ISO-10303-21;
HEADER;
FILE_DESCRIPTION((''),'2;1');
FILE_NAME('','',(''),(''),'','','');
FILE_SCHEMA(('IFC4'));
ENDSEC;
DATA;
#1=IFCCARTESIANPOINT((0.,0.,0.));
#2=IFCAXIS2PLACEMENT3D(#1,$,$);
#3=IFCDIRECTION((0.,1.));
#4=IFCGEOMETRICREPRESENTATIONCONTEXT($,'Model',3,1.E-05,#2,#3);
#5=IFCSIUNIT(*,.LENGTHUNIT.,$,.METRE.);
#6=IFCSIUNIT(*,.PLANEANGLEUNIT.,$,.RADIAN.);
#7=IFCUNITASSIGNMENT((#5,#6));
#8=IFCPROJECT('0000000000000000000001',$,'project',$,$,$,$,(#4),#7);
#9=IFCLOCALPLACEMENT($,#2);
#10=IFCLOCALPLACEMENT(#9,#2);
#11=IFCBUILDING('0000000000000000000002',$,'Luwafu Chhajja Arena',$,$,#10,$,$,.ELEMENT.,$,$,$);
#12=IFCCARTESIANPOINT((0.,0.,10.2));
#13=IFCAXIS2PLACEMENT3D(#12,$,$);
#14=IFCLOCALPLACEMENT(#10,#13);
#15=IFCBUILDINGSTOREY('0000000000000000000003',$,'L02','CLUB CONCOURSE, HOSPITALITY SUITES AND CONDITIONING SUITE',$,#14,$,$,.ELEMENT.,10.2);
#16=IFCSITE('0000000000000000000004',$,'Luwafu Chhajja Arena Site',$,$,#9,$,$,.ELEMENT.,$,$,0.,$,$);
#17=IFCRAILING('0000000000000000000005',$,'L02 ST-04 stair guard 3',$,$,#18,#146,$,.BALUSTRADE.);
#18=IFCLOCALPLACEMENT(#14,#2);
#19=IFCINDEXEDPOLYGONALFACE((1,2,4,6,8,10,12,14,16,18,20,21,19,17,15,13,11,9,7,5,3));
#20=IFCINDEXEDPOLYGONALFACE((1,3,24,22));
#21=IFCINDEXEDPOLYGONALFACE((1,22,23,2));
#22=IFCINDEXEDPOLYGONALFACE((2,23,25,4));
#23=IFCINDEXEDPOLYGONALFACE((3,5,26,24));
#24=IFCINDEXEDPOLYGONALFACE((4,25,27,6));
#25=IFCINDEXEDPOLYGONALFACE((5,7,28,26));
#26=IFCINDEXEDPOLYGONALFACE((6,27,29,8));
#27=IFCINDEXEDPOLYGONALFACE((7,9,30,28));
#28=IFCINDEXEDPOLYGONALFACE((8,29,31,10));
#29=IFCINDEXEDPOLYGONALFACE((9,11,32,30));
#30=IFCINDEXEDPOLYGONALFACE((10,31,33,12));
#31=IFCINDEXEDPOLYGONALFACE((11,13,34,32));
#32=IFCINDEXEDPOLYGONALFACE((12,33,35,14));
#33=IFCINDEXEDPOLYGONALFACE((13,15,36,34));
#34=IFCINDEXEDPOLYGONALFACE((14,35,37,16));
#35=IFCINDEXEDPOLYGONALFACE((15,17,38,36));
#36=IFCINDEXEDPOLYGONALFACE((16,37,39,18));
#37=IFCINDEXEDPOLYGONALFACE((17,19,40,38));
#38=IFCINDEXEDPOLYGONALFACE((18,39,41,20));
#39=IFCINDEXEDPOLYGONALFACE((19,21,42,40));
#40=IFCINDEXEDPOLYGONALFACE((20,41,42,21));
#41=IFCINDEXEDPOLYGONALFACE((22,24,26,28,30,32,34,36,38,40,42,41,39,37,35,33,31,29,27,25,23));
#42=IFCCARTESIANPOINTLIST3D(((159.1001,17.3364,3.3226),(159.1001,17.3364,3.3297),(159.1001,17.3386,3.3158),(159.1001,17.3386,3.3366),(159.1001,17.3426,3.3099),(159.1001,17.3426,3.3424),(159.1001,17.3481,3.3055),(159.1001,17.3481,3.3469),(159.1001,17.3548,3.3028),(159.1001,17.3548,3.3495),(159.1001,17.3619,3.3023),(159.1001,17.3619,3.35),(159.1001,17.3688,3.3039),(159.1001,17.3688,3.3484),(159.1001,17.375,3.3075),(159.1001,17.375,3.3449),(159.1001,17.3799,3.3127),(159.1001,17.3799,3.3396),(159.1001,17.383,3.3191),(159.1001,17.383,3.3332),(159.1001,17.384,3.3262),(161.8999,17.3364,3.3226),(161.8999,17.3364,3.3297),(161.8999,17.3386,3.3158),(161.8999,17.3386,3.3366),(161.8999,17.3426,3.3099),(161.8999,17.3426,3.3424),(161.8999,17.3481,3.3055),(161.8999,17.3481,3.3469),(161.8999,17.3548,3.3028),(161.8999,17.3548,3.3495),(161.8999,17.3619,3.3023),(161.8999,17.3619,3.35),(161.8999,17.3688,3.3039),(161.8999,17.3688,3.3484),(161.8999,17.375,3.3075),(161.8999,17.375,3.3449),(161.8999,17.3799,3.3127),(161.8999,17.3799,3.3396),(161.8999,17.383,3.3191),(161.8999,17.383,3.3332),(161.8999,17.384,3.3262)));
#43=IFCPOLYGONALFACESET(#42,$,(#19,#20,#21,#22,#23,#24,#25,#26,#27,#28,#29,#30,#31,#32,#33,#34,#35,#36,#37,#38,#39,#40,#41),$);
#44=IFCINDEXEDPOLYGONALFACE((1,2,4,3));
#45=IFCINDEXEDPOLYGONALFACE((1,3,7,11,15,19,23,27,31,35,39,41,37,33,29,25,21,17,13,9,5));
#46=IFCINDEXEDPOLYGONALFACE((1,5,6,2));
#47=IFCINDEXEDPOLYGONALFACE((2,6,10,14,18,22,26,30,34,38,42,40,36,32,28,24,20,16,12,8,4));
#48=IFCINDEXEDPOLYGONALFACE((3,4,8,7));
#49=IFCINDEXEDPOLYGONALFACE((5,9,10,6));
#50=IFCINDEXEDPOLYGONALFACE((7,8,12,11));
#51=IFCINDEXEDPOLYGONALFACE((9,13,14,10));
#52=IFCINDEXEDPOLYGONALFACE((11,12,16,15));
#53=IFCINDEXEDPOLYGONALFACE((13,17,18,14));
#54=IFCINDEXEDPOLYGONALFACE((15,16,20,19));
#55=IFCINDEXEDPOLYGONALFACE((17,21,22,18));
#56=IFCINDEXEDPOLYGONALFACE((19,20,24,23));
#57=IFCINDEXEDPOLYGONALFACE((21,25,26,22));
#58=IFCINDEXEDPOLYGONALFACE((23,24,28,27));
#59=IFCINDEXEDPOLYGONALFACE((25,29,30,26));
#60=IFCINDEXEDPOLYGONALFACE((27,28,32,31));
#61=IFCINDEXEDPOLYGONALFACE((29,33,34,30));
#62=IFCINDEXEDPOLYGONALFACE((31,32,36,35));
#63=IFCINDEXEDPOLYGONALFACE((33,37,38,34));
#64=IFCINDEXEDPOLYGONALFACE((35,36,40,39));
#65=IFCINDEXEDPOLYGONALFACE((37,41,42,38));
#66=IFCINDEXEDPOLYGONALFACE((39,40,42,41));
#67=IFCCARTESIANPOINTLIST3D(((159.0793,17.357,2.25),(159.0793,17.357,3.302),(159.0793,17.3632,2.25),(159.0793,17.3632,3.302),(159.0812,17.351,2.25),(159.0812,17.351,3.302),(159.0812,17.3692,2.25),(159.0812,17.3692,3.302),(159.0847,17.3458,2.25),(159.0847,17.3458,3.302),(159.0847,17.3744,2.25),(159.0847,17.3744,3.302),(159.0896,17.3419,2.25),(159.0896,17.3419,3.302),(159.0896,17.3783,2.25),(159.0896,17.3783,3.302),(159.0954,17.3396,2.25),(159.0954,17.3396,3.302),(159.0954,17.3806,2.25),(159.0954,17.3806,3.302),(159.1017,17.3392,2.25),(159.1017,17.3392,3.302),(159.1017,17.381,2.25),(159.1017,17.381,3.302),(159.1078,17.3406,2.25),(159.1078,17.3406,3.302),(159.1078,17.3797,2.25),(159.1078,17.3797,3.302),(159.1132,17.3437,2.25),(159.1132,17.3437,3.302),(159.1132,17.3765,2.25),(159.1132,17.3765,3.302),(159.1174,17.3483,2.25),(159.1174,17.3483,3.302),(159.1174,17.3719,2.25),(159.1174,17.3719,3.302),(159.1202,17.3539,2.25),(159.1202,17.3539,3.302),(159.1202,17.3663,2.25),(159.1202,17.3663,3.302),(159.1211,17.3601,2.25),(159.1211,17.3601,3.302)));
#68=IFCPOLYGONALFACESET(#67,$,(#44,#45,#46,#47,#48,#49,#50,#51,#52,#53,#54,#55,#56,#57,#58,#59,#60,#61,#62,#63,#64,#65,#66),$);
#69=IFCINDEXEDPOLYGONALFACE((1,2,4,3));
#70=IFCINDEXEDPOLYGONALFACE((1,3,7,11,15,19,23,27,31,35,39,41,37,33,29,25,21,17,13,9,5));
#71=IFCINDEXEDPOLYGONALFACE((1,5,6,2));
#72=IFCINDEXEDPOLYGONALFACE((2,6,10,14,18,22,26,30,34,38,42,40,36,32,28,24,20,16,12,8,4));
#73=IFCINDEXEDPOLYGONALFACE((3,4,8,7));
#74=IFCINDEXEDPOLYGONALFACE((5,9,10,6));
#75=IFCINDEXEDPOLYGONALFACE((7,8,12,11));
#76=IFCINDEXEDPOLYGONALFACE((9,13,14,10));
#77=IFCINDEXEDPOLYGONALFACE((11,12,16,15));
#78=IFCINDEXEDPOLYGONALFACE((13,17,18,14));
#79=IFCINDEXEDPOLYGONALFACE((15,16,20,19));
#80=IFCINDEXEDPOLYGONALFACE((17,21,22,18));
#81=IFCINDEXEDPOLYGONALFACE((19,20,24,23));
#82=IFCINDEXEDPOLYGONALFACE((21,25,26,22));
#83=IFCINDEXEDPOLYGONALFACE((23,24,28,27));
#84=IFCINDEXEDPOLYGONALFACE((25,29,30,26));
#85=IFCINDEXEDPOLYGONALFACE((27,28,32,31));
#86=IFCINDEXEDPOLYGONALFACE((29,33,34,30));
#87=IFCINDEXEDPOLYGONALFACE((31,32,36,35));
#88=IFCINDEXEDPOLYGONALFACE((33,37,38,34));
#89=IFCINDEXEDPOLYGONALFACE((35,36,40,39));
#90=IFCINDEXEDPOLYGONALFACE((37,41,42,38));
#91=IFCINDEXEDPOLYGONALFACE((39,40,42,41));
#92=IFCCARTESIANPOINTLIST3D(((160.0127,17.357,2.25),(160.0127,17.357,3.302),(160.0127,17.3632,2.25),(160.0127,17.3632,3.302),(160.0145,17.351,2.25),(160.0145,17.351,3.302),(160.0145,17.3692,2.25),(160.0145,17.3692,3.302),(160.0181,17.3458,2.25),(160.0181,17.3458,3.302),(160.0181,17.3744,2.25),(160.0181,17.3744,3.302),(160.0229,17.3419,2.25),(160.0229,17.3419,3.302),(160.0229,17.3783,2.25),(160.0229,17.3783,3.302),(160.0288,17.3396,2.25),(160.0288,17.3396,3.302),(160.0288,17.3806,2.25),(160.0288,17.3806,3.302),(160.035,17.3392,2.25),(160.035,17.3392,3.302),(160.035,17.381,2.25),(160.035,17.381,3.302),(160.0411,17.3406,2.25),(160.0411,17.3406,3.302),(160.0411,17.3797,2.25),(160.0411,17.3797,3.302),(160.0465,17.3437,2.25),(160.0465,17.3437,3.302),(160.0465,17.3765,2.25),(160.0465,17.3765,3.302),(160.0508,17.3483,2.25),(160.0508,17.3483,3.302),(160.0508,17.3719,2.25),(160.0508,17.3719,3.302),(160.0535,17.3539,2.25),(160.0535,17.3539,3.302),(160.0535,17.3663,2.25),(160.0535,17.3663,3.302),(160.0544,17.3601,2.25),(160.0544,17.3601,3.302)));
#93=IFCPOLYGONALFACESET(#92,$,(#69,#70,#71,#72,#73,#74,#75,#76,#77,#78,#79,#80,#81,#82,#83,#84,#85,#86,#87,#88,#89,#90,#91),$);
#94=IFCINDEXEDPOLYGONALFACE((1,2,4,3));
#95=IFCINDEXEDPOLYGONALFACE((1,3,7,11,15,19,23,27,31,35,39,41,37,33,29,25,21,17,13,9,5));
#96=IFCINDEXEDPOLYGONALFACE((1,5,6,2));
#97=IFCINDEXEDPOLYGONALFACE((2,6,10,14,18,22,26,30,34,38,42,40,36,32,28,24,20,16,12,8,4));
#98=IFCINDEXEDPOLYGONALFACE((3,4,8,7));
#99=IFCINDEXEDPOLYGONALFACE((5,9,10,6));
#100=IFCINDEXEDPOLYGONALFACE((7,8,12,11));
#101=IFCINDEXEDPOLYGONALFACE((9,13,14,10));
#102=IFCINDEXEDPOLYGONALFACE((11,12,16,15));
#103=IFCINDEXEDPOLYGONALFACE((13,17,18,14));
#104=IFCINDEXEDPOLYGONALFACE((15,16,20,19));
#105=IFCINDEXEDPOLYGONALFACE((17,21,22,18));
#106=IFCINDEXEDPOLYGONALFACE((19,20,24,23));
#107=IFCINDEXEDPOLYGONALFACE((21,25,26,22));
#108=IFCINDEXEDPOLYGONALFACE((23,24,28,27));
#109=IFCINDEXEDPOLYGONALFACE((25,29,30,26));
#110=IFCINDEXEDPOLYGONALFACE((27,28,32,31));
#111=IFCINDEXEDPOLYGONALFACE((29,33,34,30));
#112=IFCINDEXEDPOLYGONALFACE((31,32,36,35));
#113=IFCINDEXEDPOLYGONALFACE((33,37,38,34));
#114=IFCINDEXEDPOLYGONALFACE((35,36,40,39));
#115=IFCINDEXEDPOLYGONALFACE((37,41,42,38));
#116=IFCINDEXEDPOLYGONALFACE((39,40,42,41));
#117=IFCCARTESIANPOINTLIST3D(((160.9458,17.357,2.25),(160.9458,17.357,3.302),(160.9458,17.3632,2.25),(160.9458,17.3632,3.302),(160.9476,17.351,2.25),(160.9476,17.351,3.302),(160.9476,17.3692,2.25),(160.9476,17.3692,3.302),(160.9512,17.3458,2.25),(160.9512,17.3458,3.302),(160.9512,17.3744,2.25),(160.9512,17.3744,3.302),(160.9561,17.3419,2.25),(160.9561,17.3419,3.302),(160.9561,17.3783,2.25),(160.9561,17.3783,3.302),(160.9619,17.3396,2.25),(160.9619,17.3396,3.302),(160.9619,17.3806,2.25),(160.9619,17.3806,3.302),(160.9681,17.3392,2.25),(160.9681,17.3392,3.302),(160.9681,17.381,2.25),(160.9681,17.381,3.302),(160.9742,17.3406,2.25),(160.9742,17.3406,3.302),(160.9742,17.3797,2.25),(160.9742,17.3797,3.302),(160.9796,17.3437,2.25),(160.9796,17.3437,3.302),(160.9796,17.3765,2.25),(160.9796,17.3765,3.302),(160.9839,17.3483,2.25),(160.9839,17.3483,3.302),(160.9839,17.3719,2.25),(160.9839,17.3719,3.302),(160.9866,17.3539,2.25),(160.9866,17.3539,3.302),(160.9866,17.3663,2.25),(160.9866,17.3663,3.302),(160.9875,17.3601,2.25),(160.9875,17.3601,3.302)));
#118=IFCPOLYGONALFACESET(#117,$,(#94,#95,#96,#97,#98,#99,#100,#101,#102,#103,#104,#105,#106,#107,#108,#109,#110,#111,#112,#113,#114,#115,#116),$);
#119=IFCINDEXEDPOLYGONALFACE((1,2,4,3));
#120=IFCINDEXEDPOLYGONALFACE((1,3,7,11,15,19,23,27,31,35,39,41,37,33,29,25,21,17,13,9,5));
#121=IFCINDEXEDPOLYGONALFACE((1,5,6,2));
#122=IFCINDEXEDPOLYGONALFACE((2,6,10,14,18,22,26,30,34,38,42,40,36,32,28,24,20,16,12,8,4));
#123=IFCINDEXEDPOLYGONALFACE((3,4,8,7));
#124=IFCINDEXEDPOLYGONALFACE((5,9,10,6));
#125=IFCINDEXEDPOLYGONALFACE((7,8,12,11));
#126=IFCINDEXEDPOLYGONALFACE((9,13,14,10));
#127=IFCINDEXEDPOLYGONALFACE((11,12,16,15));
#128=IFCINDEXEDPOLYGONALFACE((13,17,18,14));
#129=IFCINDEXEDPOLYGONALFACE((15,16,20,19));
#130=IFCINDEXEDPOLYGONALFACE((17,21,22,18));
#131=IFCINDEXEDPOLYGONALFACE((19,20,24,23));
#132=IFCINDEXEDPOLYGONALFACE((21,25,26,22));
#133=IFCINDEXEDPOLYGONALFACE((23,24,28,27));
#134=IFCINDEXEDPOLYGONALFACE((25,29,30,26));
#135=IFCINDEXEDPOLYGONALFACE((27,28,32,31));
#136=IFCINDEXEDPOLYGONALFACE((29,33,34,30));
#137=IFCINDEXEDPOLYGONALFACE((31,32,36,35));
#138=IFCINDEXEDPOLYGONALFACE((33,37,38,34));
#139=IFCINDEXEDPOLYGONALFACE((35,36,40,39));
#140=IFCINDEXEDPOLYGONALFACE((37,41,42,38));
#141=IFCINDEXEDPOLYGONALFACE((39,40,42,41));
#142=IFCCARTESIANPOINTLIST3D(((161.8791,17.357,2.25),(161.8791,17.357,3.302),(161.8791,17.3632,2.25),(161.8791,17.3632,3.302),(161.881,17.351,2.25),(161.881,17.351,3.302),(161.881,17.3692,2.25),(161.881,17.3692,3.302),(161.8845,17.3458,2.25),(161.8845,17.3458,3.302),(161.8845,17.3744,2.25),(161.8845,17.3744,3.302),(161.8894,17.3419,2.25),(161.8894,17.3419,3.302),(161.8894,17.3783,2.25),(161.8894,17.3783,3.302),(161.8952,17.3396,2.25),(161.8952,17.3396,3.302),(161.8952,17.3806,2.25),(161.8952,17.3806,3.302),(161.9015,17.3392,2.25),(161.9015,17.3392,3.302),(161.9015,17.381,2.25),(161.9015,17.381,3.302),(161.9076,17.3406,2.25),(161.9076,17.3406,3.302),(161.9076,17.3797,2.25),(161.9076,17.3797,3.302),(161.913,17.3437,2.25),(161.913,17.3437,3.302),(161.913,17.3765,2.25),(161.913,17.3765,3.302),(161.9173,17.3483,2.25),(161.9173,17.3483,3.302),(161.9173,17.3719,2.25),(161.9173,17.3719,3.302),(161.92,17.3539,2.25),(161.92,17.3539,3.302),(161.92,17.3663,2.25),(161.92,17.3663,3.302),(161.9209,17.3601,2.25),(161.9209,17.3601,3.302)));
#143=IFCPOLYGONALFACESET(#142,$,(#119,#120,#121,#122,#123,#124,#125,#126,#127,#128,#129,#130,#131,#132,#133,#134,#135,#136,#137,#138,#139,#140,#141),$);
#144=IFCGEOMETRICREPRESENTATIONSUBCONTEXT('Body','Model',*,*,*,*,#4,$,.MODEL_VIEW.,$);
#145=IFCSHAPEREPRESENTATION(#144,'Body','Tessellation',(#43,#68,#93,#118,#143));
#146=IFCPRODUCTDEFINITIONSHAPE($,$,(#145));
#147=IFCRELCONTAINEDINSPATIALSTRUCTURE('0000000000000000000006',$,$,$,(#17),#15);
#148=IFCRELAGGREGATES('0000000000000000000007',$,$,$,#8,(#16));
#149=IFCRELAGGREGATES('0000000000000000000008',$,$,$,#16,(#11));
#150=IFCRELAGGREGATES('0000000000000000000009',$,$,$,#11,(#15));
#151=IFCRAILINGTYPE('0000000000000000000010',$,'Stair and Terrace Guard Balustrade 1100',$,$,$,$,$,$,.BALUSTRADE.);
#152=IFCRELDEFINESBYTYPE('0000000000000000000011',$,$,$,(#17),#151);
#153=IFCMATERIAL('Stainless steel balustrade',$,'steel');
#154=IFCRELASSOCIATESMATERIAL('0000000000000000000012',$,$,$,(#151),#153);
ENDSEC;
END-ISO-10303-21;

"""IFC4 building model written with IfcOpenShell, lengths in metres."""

from ifc_helpers import new_model, si_unit, direction, frame, origin, origin_2d, place, context, subcontext, project, spatial, circle, extrude, material, type_object, element, save


model = new_model("IFC4")

# Units and contexts
model_context = context("Model", 3, precision=1e-05, world=origin(), true_north=direction((0.0, 1.0)))
body_context = subcontext(model_context, "Body", "Model", "MODEL_VIEW")
ifc_project = project(units=[si_unit("LENGTHUNIT", "METRE"), si_unit("PLANEANGLEUNIT", "RADIAN")], contexts=[model_context])

# Site, building, storey
site_placement = place(None, origin())
site = spatial("IfcSite", under=ifc_project, at=site_placement, Name="Luwafu Chhajja Arena Site", CompositionType="ELEMENT", RefElevation=0.0)
building_placement = place(site_placement, origin())
building = spatial("IfcBuilding", under=site, at=building_placement, Name="Luwafu Chhajja Arena", CompositionType="ELEMENT")
storey_placement = place(building_placement, frame((0.0, 0.0, 10.2)))
storey = spatial("IfcBuildingStorey", under=building, at=storey_placement, Name="L02", Description="CLUB CONCOURSE, HOSPITALITY SUITES AND CONDITIONING SUITE", CompositionType="ELEMENT", Elevation=10.2)

# Railing
ifc_material_1 = material(Name="Stainless steel balustrade", Category="steel")
railing_type_1 = type_object("IfcRailingType", Name="Stair and Terrace Guard Balustrade 1100", PredefinedType="BALUSTRADE", material=ifc_material_1)
for number, where, name in (
    (1, (159.1001, 17.3601, 2.25), "L02 ST-04 stair guard 3"),
):
    element("IfcRailing", number, at=place(storey_placement, frame(where)), inside=storey, type_object=railing_type_1, Name=name, PredefinedType="BALUSTRADE", context=body_context, shape_type="SweptSolid", body=[
        extrude(circle(Radius=0.0239, at=origin_2d()), frame((0.0, 0.0, 1.0762), z_axis=(1.0, 0.0, 0.0), x_axis=(0.0, 1.0, 0.0)), (0.0, 0.0, 1.0), 2.7998),
        extrude(circle(Radius=0.021, at=origin_2d()), origin(), (0.0, 0.0, 1.0), 1.052),
        extrude(circle(Radius=0.021, at=origin_2d()), frame((0.9333, 0.0, 0.0)), (0.0, 0.0, 1.0), 1.052),
        extrude(circle(Radius=0.021, at=origin_2d()), frame((1.8665, 0.0, 0.0)), (0.0, 0.0, 1.0), 1.052),
        extrude(circle(Radius=0.021, at=origin_2d()), frame((2.7998, 0.0, 0.0)), (0.0, 0.0, 1.0), 1.052),
    ])

save(model, "model.ifc")
